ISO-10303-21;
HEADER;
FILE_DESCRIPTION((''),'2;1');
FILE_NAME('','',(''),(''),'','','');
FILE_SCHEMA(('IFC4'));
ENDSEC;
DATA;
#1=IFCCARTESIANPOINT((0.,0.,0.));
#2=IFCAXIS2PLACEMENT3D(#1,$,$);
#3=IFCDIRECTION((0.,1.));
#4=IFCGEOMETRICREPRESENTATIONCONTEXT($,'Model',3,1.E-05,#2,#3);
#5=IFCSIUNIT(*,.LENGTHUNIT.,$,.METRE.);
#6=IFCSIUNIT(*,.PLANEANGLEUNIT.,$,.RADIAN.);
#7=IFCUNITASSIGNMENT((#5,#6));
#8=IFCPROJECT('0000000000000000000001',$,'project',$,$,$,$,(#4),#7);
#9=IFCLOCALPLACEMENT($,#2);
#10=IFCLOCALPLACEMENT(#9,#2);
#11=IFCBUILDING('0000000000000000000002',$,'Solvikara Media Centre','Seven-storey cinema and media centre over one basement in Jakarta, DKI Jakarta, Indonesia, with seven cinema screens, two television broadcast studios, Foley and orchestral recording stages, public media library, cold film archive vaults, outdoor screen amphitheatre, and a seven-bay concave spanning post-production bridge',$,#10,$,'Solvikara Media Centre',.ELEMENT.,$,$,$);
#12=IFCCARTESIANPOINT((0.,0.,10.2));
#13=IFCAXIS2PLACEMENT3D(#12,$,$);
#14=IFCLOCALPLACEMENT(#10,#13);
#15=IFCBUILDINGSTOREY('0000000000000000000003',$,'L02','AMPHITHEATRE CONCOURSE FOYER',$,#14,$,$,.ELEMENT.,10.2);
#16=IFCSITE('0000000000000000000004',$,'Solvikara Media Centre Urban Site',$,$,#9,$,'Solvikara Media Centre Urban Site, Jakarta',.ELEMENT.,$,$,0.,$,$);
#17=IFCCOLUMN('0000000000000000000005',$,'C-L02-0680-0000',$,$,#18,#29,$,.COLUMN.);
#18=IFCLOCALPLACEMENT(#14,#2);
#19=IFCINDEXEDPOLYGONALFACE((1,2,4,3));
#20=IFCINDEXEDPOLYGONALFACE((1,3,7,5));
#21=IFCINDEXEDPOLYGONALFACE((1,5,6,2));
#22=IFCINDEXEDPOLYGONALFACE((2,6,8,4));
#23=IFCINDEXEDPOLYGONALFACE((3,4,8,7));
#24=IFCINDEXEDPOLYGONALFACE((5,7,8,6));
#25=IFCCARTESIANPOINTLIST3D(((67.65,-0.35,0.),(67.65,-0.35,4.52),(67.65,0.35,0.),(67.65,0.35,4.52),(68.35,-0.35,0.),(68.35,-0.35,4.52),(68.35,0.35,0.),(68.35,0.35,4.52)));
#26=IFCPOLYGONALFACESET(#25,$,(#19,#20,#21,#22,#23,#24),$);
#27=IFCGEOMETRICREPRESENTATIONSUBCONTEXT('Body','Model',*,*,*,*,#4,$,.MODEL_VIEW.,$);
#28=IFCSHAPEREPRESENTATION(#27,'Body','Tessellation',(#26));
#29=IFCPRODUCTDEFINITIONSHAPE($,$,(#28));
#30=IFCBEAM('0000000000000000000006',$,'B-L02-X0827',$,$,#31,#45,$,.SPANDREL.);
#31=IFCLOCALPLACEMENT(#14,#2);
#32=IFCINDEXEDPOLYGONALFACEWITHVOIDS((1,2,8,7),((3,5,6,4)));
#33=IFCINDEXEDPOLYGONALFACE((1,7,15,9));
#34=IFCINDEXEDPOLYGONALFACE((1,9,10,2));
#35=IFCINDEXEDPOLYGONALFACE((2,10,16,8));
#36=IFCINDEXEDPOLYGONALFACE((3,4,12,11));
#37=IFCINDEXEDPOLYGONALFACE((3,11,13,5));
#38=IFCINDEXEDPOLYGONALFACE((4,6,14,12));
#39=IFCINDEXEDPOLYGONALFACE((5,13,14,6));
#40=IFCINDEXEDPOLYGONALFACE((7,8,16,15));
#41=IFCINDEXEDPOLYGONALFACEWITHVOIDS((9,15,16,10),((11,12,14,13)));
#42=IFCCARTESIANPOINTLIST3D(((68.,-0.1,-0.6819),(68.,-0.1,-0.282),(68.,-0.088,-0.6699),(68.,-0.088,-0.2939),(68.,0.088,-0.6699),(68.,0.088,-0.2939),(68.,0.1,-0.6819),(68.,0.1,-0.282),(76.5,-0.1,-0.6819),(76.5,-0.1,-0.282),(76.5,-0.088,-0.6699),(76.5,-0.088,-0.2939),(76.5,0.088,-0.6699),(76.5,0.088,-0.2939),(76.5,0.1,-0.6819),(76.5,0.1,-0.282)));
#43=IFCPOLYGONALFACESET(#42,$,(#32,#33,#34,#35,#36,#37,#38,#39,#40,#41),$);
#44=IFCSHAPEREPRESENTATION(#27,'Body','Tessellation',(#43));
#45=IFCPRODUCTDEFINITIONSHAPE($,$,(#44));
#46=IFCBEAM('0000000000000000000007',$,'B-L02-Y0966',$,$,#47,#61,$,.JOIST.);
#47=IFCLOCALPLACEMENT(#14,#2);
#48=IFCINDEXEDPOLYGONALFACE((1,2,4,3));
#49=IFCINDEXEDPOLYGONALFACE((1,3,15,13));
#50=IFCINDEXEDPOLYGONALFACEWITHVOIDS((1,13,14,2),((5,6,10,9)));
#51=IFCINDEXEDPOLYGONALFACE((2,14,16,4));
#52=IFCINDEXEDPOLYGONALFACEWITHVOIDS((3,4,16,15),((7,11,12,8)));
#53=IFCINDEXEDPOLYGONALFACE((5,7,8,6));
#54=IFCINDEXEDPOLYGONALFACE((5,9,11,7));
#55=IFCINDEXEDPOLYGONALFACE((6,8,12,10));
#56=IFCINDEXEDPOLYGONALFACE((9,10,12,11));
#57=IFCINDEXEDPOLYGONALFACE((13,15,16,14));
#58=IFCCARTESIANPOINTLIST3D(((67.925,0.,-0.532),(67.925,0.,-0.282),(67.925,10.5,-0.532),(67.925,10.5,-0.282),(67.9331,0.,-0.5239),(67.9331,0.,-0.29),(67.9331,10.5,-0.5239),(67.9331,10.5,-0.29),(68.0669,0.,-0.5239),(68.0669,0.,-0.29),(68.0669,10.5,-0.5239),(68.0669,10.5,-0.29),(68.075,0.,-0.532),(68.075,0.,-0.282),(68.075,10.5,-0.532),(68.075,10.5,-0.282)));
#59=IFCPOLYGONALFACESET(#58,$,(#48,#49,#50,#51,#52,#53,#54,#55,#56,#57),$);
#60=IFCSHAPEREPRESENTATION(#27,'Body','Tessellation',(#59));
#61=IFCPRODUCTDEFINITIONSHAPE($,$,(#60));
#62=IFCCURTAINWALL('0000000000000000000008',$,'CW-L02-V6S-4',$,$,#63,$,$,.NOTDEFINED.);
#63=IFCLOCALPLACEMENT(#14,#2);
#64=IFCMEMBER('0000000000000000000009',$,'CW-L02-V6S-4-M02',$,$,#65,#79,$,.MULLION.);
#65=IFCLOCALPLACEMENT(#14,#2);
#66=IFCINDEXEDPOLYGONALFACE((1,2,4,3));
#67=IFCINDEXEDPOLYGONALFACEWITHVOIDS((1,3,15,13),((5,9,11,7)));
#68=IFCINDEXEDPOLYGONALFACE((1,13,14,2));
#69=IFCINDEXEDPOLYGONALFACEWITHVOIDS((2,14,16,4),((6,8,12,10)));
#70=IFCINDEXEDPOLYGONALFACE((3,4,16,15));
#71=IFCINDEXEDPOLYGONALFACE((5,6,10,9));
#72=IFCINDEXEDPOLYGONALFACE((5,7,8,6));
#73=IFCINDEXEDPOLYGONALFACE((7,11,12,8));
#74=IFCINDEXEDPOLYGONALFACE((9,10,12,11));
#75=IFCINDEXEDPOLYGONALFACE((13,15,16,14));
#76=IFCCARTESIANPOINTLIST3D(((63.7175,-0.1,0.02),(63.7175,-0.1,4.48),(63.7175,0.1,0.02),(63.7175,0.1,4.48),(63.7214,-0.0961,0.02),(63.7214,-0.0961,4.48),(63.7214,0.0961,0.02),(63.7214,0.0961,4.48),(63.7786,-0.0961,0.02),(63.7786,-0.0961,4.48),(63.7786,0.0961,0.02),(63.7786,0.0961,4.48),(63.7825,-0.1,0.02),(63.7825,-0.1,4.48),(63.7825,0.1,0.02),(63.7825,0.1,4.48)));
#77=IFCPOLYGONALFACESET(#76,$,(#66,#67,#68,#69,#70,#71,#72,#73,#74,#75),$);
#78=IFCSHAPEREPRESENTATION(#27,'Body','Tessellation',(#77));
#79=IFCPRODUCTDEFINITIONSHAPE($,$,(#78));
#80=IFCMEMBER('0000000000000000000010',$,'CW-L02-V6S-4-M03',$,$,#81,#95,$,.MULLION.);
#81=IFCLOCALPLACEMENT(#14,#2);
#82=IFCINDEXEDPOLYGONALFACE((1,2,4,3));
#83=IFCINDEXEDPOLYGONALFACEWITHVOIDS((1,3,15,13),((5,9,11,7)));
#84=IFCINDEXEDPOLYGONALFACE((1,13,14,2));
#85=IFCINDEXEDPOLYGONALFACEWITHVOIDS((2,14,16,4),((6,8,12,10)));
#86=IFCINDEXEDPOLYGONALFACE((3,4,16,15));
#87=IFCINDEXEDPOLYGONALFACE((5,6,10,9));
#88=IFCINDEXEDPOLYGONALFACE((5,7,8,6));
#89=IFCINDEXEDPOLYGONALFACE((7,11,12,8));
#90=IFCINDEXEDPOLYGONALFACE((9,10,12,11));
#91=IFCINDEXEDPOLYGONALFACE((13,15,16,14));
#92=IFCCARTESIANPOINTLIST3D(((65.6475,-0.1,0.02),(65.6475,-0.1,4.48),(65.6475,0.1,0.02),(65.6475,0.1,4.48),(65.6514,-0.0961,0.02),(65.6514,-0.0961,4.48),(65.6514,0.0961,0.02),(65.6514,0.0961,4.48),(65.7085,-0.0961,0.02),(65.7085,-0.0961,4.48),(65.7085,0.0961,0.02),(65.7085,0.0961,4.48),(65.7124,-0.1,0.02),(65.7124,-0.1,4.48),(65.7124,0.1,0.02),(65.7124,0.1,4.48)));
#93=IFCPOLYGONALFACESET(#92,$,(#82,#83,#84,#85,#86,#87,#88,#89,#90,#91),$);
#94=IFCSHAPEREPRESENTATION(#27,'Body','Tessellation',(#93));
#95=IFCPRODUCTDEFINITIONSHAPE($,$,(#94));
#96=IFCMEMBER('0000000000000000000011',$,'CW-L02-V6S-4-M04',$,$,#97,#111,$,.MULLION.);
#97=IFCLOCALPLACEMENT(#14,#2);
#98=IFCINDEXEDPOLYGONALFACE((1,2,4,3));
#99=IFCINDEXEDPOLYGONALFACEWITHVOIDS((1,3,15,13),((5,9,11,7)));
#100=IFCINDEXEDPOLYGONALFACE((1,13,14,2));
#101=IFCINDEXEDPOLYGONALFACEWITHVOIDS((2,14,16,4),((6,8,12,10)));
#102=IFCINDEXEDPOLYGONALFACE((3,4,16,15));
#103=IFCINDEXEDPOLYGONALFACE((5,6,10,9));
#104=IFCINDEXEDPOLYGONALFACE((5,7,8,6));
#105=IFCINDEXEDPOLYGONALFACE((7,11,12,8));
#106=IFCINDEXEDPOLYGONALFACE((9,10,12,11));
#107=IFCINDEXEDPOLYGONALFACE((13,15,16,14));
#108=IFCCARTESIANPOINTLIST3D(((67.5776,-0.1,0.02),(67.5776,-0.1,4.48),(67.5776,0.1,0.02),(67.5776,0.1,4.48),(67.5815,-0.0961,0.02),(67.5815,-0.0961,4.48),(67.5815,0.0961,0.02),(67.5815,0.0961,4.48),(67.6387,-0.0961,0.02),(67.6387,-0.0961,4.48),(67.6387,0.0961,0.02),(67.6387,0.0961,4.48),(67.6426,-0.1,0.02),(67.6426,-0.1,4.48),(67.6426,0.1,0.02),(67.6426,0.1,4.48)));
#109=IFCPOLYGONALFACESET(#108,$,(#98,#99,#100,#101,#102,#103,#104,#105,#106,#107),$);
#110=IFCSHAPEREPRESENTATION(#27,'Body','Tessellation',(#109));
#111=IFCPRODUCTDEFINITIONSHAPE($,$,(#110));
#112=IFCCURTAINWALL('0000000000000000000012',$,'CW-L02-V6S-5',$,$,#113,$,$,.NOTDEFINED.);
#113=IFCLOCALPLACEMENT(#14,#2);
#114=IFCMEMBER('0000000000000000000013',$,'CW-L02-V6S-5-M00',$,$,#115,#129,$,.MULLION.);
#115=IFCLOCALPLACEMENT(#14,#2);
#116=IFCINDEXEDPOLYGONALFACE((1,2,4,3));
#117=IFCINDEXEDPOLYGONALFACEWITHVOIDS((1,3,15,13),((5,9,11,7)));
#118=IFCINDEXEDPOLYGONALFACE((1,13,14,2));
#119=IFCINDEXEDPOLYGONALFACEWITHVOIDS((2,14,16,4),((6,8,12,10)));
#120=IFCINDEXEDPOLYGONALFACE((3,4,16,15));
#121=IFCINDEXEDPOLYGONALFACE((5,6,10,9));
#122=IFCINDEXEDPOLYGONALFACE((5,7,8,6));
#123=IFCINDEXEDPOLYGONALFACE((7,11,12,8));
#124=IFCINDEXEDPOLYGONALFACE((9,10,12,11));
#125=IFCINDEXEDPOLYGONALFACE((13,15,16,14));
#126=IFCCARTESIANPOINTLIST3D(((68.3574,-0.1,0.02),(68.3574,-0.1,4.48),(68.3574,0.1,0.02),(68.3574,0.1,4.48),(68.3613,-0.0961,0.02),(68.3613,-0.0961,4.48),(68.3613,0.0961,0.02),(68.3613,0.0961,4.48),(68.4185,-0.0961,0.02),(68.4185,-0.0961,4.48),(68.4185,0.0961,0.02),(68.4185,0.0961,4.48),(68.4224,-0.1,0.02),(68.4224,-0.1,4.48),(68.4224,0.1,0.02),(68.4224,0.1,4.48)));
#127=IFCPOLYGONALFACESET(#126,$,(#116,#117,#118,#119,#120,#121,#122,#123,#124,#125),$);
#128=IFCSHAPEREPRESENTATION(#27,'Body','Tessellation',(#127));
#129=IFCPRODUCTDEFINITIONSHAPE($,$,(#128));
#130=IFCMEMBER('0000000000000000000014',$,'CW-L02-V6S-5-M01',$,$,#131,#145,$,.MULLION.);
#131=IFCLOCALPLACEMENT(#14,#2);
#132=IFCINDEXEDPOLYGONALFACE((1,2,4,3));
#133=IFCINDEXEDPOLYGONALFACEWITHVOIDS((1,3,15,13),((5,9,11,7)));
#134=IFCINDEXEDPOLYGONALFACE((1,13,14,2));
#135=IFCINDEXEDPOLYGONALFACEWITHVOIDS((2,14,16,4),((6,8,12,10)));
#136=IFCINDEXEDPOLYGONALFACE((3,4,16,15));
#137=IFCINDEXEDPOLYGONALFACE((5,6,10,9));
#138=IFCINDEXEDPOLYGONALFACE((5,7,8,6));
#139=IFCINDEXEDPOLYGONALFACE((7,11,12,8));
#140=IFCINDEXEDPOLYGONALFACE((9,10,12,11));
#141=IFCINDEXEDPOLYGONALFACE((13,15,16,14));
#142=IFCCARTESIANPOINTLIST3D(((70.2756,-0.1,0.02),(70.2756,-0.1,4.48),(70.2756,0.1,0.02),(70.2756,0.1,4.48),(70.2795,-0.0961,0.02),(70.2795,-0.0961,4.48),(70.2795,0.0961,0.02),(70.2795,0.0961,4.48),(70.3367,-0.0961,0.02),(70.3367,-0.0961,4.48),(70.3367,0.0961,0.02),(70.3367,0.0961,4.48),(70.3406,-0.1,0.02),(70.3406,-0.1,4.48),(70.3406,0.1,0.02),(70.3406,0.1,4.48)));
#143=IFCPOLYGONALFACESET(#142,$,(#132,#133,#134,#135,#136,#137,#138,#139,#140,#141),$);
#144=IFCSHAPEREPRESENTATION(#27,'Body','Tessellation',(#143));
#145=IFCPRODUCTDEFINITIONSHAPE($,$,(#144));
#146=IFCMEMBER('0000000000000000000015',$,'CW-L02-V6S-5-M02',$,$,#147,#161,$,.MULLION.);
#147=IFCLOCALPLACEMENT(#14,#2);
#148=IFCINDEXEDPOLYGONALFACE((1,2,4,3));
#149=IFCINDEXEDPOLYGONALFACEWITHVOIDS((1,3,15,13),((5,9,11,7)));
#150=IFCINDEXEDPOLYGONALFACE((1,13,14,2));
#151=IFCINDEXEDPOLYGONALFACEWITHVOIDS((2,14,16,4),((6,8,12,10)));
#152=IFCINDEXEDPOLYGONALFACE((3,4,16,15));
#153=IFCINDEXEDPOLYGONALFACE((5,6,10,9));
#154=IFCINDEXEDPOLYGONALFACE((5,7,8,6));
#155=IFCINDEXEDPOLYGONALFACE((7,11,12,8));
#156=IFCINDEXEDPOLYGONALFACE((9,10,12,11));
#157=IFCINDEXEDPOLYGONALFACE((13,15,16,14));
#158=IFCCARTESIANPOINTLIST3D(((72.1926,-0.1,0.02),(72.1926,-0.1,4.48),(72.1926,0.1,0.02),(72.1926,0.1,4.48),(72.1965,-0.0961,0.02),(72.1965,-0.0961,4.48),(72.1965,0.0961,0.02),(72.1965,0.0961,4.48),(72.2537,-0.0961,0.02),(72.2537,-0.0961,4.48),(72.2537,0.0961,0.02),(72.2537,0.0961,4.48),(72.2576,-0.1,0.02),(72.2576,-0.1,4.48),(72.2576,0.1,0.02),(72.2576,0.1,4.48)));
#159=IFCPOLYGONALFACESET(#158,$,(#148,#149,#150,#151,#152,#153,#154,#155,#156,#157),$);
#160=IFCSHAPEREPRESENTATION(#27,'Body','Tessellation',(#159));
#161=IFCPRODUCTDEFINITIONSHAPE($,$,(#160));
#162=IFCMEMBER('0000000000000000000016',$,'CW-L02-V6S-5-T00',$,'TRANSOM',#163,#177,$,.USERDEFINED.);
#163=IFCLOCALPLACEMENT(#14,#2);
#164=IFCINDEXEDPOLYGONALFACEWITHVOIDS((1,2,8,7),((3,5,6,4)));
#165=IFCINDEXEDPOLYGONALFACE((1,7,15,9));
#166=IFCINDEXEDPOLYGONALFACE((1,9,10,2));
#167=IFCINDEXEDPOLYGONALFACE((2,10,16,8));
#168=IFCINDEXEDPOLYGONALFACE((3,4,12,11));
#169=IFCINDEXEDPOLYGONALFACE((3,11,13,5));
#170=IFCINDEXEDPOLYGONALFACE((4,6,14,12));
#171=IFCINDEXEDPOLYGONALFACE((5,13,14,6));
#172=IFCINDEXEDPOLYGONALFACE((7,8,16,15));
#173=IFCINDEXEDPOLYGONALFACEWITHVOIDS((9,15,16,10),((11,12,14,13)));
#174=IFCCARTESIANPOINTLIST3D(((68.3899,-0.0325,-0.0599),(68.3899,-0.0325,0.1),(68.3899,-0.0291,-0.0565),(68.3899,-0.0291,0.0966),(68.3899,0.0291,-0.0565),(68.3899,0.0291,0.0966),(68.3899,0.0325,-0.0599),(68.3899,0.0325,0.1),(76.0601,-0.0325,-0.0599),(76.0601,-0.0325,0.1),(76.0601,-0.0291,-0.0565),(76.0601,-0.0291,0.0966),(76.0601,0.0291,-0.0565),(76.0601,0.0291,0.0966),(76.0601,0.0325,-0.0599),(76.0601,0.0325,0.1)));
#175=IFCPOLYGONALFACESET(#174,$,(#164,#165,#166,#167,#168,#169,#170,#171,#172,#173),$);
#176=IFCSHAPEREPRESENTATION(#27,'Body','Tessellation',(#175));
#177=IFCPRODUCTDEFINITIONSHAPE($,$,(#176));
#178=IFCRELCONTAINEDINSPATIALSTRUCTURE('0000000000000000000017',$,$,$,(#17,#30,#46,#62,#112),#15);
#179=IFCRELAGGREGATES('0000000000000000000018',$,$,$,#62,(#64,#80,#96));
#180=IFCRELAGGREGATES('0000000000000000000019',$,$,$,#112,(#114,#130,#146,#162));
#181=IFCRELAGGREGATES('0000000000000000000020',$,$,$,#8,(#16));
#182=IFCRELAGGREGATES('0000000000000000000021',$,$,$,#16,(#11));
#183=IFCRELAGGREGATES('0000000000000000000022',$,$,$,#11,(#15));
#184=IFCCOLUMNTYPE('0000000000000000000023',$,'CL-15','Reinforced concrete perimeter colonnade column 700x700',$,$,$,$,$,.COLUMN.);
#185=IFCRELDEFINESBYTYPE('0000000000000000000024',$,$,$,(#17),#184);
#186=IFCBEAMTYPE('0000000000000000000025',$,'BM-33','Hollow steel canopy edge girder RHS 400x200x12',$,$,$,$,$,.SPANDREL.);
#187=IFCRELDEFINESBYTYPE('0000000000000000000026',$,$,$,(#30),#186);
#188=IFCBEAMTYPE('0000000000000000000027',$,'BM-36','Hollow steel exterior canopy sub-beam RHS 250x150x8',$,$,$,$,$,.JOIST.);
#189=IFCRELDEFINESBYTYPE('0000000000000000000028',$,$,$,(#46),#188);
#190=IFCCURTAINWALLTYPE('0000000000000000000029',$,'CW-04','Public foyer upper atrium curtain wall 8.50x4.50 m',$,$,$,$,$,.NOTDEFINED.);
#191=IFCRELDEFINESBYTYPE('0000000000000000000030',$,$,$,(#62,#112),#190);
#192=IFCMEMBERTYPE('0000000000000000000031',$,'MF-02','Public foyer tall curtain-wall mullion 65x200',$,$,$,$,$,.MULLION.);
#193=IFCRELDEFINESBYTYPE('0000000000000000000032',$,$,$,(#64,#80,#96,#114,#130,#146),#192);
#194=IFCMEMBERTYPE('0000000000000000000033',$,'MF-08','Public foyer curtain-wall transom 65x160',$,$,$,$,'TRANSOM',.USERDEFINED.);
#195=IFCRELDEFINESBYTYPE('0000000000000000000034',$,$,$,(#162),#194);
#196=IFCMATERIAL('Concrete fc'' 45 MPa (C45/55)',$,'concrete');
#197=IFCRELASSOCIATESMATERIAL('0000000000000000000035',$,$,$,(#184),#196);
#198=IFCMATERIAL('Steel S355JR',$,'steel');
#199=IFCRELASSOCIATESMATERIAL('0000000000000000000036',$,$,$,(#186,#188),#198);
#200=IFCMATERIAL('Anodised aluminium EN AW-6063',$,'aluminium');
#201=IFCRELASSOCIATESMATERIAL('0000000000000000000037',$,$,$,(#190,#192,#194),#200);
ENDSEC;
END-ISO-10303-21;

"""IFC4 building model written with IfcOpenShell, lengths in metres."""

from ifc_helpers import new_model, si_unit, direction, frame, origin, origin_2d, place, context, subcontext, project, spatial, rectangle, hollow_rectangle, extrude, material, material_profile, profile_set, type_object, element, aggregate, save


model = new_model("IFC4")

# Units and contexts
model_context = context("Model", 3, precision=1e-05, world=origin(), true_north=direction((0.0, 1.0)))
body_context = subcontext(model_context, "Body", "Model", "MODEL_VIEW")
ifc_project = project(units=[si_unit("LENGTHUNIT", "METRE"), si_unit("PLANEANGLEUNIT", "RADIAN")], contexts=[model_context])

# Site, building, storey
site_placement = place(None, origin())
site = spatial("IfcSite", under=ifc_project, at=site_placement, Name="Solvikara Media Centre Urban Site", LongName="Solvikara Media Centre Urban Site, Jakarta", CompositionType="ELEMENT", RefElevation=0.0)
building_placement = place(site_placement, origin())
building = spatial("IfcBuilding", under=site, at=building_placement, Name="Solvikara Media Centre", Description="Seven-storey cinema and media centre over one basement in Jakarta, DKI Jakarta, Indonesia, with seven cinema screens, two television broadcast studios, Foley and orchestral recording stages, public media library, cold film archive vaults, outdoor screen amphitheatre, and a seven-bay concave spanning post-production bridge", LongName="Solvikara Media Centre", CompositionType="ELEMENT")
storey_placement = place(building_placement, frame((0.0, 0.0, 10.2)))
storey = spatial("IfcBuildingStorey", under=building, at=storey_placement, Name="L02", Description="AMPHITHEATRE CONCOURSE FOYER", CompositionType="ELEMENT", Elevation=10.2)

# Column
ifc_material_1 = material(Name="Concrete fc' 45 MPa (C45/55)", Category="concrete")
ifc_material_profile_1 = material_profile(ifc_material_1, rectangle(XDim=0.7, YDim=0.7, at=origin_2d()), Name="RC 700x700")
ifc_profile_set_1 = profile_set([ifc_material_profile_1], Name="Concrete fc' 45 MPa (C45/55)")
column_type = type_object("IfcColumnType", Name="CL-15", Description="Reinforced concrete perimeter colonnade column 700x700", PredefinedType="COLUMN", material=ifc_profile_set_1)
column_placement = place(storey_placement, frame((68.0, 0.0, 0.0), z_axis=(0.0, 0.0, 1.0), x_axis=(1.0, 0.0, 0.0)))
element("IfcColumn", 1, at=column_placement, inside=storey, type_object=column_type, Name="C-L02-0680-0000", PredefinedType="COLUMN", context=body_context, shape_type="SweptSolid", body=[
    extrude(rectangle(XDim=0.7, YDim=0.7, at=origin_2d()), origin(), (0.0, 0.0, 1.0), 4.52),
])

# Beams
ifc_material_2 = material(Name="Steel S355JR", Category="steel")
ifc_material_profile_2 = material_profile(ifc_material_2, hollow_rectangle(XDim=0.2, YDim=0.3999, WallThickness=0.012, at=origin_2d()), Name="RHS 400x200x12")
ifc_profile_set_2 = profile_set([ifc_material_profile_2], Name="Steel S355JR")
beam_type_1 = type_object("IfcBeamType", Name="BM-33", Description="Hollow steel canopy edge girder RHS 400x200x12", PredefinedType="SPANDREL", material=ifc_profile_set_2)
beam_1_placement = place(storey_placement, frame((68.0, 0.0, -0.4819), z_axis=(1.0, 0.0, 0.0), x_axis=(0.0, 1.0, 0.0)))
element("IfcBeam", 2, at=beam_1_placement, inside=storey, type_object=beam_type_1, Name="B-L02-X0827", PredefinedType="SPANDREL", context=body_context, shape_type="SweptSolid", body=[
    extrude(hollow_rectangle(XDim=0.2, YDim=0.3999, WallThickness=0.012, at=origin_2d()), origin(), (0.0, 0.0, 1.0), 8.5),
])
ifc_material_profile_3 = material_profile(ifc_material_2, hollow_rectangle(XDim=0.1499, YDim=0.25, WallThickness=0.0081, at=origin_2d()), Name="RHS 250x150x8")
ifc_profile_set_3 = profile_set([ifc_material_profile_3], Name="Steel S355JR")
beam_type_2 = type_object("IfcBeamType", Name="BM-36", Description="Hollow steel exterior canopy sub-beam RHS 250x150x8", PredefinedType="JOIST", material=ifc_profile_set_3)
beam_2_placement = place(storey_placement, frame((68.0, 0.0, -0.407), z_axis=(0.0, 1.0, 0.0), x_axis=(-1.0, 0.0, 0.0)))
element("IfcBeam", 3, at=beam_2_placement, inside=storey, type_object=beam_type_2, Name="B-L02-Y0966", PredefinedType="JOIST", context=body_context, shape_type="SweptSolid", body=[
    extrude(hollow_rectangle(XDim=0.1499, YDim=0.25, WallThickness=0.0081, at=origin_2d()), origin(), (0.0, 0.0, 1.0), 10.5),
])

# Curtain walls, members
ifc_material_3 = material(Name="Anodised aluminium EN AW-6063", Category="aluminium")
curtain_wall_type = type_object("IfcCurtainWallType", Name="CW-04", Description="Public foyer upper atrium curtain wall 8.50x4.50 m", PredefinedType="NOTDEFINED", material=ifc_material_3)
curtain_wall_1_placement = place(storey_placement, origin())
curtain_wall_1 = element("IfcCurtainWall", 4, at=curtain_wall_1_placement, inside=storey, type_object=curtain_wall_type, Name="CW-L02-V6S-4", PredefinedType="NOTDEFINED")
ifc_material_profile_4 = material_profile(ifc_material_3, hollow_rectangle(XDim=0.0649, YDim=0.2, WallThickness=0.0039, at=origin_2d()), Name="ALU-M 65x200x4")
ifc_profile_set_4 = profile_set([ifc_material_profile_4], Name="Anodised aluminium EN AW-6063")
member_type_1 = type_object("IfcMemberType", Name="MF-02", Description="Public foyer tall curtain-wall mullion 65x200", PredefinedType="MULLION", material=ifc_profile_set_4)
member_1_placement = place(storey_placement, frame((63.75, 0.0, 0.02), z_axis=(0.0, 0.0, 1.0), x_axis=(1.0, 0.0, 0.0)))
member_1 = element("IfcMember", 5, at=member_1_placement, type_object=member_type_1, Name="CW-L02-V6S-4-M02", PredefinedType="MULLION", context=body_context, shape_type="SweptSolid", body=[
    extrude(hollow_rectangle(XDim=0.0649, YDim=0.2, WallThickness=0.0039, at=origin_2d()), origin(), (0.0, 0.0, 1.0), 4.46),
])
member_2_placement = place(storey_placement, frame((65.6799, 0.0, 0.02), z_axis=(0.0, 0.0, 1.0), x_axis=(1.0, 0.0, 0.0)))
member_2 = element("IfcMember", 6, at=member_2_placement, type_object=member_type_1, Name="CW-L02-V6S-4-M03", PredefinedType="MULLION", context=body_context, shape_type="SweptSolid", body=[
    extrude(hollow_rectangle(XDim=0.0649, YDim=0.2, WallThickness=0.0039, at=origin_2d()), origin(), (0.0, 0.0, 1.0), 4.46),
])
member_3_placement = place(storey_placement, frame((67.6101, 0.0, 0.02), z_axis=(0.0, 0.0, 1.0), x_axis=(1.0, 0.0, 0.0)))
member_3 = element("IfcMember", 7, at=member_3_placement, type_object=member_type_1, Name="CW-L02-V6S-4-M04", PredefinedType="MULLION", context=body_context, shape_type="SweptSolid", body=[
    extrude(hollow_rectangle(XDim=0.0649, YDim=0.2, WallThickness=0.0039, at=origin_2d()), origin(), (0.0, 0.0, 1.0), 4.46),
])
curtain_wall_2_placement = place(storey_placement, origin())
curtain_wall_2 = element("IfcCurtainWall", 8, at=curtain_wall_2_placement, inside=storey, type_object=curtain_wall_type, Name="CW-L02-V6S-5", PredefinedType="NOTDEFINED")
member_4_placement = place(storey_placement, frame((68.3899, 0.0, 0.02), z_axis=(0.0, 0.0, 1.0), x_axis=(1.0, 0.0, 0.0)))
member_4 = element("IfcMember", 9, at=member_4_placement, type_object=member_type_1, Name="CW-L02-V6S-5-M00", PredefinedType="MULLION", context=body_context, shape_type="SweptSolid", body=[
    extrude(hollow_rectangle(XDim=0.0649, YDim=0.2, WallThickness=0.0039, at=origin_2d()), origin(), (0.0, 0.0, 1.0), 4.46),
])
member_5_placement = place(storey_placement, frame((70.3081, 0.0, 0.02), z_axis=(0.0, 0.0, 1.0), x_axis=(1.0, 0.0, 0.0)))
member_5 = element("IfcMember", 10, at=member_5_placement, type_object=member_type_1, Name="CW-L02-V6S-5-M01", PredefinedType="MULLION", context=body_context, shape_type="SweptSolid", body=[
    extrude(hollow_rectangle(XDim=0.0649, YDim=0.2, WallThickness=0.0039, at=origin_2d()), origin(), (0.0, 0.0, 1.0), 4.46),
])
member_6_placement = place(storey_placement, frame((72.2251, 0.0, 0.02), z_axis=(0.0, 0.0, 1.0), x_axis=(1.0, 0.0, 0.0)))
member_6 = element("IfcMember", 11, at=member_6_placement, type_object=member_type_1, Name="CW-L02-V6S-5-M02", PredefinedType="MULLION", context=body_context, shape_type="SweptSolid", body=[
    extrude(hollow_rectangle(XDim=0.0649, YDim=0.2, WallThickness=0.0039, at=origin_2d()), origin(), (0.0, 0.0, 1.0), 4.46),
])
ifc_material_profile_5 = material_profile(ifc_material_3, hollow_rectangle(XDim=0.0649, YDim=0.1599, WallThickness=0.0034, at=origin_2d()), Name="ALU-T 65x160x3.5")
ifc_profile_set_5 = profile_set([ifc_material_profile_5], Name="Anodised aluminium EN AW-6063")
member_type_2 = type_object("IfcMemberType", Name="MF-08", Description="Public foyer curtain-wall transom 65x160", ElementType="TRANSOM", PredefinedType="USERDEFINED", material=ifc_profile_set_5)
member_7_placement = place(storey_placement, frame((68.3899, 0.0, 0.02), z_axis=(1.0, 0.0, 0.0), x_axis=(0.0, 1.0, 0.0)))
member_7 = element("IfcMember", 12, at=member_7_placement, type_object=member_type_2, Name="CW-L02-V6S-5-T00", ObjectType="TRANSOM", PredefinedType="USERDEFINED", context=body_context, shape_type="SweptSolid", body=[
    extrude(hollow_rectangle(XDim=0.0649, YDim=0.1599, WallThickness=0.0034, at=origin_2d()), origin(), (0.0, 0.0, 1.0), 7.6702),
])

aggregate(curtain_wall_1, [member_1, member_2, member_3])
aggregate(curtain_wall_2, [member_4, member_5, member_6, member_7])

save(model, "model.ifc")
